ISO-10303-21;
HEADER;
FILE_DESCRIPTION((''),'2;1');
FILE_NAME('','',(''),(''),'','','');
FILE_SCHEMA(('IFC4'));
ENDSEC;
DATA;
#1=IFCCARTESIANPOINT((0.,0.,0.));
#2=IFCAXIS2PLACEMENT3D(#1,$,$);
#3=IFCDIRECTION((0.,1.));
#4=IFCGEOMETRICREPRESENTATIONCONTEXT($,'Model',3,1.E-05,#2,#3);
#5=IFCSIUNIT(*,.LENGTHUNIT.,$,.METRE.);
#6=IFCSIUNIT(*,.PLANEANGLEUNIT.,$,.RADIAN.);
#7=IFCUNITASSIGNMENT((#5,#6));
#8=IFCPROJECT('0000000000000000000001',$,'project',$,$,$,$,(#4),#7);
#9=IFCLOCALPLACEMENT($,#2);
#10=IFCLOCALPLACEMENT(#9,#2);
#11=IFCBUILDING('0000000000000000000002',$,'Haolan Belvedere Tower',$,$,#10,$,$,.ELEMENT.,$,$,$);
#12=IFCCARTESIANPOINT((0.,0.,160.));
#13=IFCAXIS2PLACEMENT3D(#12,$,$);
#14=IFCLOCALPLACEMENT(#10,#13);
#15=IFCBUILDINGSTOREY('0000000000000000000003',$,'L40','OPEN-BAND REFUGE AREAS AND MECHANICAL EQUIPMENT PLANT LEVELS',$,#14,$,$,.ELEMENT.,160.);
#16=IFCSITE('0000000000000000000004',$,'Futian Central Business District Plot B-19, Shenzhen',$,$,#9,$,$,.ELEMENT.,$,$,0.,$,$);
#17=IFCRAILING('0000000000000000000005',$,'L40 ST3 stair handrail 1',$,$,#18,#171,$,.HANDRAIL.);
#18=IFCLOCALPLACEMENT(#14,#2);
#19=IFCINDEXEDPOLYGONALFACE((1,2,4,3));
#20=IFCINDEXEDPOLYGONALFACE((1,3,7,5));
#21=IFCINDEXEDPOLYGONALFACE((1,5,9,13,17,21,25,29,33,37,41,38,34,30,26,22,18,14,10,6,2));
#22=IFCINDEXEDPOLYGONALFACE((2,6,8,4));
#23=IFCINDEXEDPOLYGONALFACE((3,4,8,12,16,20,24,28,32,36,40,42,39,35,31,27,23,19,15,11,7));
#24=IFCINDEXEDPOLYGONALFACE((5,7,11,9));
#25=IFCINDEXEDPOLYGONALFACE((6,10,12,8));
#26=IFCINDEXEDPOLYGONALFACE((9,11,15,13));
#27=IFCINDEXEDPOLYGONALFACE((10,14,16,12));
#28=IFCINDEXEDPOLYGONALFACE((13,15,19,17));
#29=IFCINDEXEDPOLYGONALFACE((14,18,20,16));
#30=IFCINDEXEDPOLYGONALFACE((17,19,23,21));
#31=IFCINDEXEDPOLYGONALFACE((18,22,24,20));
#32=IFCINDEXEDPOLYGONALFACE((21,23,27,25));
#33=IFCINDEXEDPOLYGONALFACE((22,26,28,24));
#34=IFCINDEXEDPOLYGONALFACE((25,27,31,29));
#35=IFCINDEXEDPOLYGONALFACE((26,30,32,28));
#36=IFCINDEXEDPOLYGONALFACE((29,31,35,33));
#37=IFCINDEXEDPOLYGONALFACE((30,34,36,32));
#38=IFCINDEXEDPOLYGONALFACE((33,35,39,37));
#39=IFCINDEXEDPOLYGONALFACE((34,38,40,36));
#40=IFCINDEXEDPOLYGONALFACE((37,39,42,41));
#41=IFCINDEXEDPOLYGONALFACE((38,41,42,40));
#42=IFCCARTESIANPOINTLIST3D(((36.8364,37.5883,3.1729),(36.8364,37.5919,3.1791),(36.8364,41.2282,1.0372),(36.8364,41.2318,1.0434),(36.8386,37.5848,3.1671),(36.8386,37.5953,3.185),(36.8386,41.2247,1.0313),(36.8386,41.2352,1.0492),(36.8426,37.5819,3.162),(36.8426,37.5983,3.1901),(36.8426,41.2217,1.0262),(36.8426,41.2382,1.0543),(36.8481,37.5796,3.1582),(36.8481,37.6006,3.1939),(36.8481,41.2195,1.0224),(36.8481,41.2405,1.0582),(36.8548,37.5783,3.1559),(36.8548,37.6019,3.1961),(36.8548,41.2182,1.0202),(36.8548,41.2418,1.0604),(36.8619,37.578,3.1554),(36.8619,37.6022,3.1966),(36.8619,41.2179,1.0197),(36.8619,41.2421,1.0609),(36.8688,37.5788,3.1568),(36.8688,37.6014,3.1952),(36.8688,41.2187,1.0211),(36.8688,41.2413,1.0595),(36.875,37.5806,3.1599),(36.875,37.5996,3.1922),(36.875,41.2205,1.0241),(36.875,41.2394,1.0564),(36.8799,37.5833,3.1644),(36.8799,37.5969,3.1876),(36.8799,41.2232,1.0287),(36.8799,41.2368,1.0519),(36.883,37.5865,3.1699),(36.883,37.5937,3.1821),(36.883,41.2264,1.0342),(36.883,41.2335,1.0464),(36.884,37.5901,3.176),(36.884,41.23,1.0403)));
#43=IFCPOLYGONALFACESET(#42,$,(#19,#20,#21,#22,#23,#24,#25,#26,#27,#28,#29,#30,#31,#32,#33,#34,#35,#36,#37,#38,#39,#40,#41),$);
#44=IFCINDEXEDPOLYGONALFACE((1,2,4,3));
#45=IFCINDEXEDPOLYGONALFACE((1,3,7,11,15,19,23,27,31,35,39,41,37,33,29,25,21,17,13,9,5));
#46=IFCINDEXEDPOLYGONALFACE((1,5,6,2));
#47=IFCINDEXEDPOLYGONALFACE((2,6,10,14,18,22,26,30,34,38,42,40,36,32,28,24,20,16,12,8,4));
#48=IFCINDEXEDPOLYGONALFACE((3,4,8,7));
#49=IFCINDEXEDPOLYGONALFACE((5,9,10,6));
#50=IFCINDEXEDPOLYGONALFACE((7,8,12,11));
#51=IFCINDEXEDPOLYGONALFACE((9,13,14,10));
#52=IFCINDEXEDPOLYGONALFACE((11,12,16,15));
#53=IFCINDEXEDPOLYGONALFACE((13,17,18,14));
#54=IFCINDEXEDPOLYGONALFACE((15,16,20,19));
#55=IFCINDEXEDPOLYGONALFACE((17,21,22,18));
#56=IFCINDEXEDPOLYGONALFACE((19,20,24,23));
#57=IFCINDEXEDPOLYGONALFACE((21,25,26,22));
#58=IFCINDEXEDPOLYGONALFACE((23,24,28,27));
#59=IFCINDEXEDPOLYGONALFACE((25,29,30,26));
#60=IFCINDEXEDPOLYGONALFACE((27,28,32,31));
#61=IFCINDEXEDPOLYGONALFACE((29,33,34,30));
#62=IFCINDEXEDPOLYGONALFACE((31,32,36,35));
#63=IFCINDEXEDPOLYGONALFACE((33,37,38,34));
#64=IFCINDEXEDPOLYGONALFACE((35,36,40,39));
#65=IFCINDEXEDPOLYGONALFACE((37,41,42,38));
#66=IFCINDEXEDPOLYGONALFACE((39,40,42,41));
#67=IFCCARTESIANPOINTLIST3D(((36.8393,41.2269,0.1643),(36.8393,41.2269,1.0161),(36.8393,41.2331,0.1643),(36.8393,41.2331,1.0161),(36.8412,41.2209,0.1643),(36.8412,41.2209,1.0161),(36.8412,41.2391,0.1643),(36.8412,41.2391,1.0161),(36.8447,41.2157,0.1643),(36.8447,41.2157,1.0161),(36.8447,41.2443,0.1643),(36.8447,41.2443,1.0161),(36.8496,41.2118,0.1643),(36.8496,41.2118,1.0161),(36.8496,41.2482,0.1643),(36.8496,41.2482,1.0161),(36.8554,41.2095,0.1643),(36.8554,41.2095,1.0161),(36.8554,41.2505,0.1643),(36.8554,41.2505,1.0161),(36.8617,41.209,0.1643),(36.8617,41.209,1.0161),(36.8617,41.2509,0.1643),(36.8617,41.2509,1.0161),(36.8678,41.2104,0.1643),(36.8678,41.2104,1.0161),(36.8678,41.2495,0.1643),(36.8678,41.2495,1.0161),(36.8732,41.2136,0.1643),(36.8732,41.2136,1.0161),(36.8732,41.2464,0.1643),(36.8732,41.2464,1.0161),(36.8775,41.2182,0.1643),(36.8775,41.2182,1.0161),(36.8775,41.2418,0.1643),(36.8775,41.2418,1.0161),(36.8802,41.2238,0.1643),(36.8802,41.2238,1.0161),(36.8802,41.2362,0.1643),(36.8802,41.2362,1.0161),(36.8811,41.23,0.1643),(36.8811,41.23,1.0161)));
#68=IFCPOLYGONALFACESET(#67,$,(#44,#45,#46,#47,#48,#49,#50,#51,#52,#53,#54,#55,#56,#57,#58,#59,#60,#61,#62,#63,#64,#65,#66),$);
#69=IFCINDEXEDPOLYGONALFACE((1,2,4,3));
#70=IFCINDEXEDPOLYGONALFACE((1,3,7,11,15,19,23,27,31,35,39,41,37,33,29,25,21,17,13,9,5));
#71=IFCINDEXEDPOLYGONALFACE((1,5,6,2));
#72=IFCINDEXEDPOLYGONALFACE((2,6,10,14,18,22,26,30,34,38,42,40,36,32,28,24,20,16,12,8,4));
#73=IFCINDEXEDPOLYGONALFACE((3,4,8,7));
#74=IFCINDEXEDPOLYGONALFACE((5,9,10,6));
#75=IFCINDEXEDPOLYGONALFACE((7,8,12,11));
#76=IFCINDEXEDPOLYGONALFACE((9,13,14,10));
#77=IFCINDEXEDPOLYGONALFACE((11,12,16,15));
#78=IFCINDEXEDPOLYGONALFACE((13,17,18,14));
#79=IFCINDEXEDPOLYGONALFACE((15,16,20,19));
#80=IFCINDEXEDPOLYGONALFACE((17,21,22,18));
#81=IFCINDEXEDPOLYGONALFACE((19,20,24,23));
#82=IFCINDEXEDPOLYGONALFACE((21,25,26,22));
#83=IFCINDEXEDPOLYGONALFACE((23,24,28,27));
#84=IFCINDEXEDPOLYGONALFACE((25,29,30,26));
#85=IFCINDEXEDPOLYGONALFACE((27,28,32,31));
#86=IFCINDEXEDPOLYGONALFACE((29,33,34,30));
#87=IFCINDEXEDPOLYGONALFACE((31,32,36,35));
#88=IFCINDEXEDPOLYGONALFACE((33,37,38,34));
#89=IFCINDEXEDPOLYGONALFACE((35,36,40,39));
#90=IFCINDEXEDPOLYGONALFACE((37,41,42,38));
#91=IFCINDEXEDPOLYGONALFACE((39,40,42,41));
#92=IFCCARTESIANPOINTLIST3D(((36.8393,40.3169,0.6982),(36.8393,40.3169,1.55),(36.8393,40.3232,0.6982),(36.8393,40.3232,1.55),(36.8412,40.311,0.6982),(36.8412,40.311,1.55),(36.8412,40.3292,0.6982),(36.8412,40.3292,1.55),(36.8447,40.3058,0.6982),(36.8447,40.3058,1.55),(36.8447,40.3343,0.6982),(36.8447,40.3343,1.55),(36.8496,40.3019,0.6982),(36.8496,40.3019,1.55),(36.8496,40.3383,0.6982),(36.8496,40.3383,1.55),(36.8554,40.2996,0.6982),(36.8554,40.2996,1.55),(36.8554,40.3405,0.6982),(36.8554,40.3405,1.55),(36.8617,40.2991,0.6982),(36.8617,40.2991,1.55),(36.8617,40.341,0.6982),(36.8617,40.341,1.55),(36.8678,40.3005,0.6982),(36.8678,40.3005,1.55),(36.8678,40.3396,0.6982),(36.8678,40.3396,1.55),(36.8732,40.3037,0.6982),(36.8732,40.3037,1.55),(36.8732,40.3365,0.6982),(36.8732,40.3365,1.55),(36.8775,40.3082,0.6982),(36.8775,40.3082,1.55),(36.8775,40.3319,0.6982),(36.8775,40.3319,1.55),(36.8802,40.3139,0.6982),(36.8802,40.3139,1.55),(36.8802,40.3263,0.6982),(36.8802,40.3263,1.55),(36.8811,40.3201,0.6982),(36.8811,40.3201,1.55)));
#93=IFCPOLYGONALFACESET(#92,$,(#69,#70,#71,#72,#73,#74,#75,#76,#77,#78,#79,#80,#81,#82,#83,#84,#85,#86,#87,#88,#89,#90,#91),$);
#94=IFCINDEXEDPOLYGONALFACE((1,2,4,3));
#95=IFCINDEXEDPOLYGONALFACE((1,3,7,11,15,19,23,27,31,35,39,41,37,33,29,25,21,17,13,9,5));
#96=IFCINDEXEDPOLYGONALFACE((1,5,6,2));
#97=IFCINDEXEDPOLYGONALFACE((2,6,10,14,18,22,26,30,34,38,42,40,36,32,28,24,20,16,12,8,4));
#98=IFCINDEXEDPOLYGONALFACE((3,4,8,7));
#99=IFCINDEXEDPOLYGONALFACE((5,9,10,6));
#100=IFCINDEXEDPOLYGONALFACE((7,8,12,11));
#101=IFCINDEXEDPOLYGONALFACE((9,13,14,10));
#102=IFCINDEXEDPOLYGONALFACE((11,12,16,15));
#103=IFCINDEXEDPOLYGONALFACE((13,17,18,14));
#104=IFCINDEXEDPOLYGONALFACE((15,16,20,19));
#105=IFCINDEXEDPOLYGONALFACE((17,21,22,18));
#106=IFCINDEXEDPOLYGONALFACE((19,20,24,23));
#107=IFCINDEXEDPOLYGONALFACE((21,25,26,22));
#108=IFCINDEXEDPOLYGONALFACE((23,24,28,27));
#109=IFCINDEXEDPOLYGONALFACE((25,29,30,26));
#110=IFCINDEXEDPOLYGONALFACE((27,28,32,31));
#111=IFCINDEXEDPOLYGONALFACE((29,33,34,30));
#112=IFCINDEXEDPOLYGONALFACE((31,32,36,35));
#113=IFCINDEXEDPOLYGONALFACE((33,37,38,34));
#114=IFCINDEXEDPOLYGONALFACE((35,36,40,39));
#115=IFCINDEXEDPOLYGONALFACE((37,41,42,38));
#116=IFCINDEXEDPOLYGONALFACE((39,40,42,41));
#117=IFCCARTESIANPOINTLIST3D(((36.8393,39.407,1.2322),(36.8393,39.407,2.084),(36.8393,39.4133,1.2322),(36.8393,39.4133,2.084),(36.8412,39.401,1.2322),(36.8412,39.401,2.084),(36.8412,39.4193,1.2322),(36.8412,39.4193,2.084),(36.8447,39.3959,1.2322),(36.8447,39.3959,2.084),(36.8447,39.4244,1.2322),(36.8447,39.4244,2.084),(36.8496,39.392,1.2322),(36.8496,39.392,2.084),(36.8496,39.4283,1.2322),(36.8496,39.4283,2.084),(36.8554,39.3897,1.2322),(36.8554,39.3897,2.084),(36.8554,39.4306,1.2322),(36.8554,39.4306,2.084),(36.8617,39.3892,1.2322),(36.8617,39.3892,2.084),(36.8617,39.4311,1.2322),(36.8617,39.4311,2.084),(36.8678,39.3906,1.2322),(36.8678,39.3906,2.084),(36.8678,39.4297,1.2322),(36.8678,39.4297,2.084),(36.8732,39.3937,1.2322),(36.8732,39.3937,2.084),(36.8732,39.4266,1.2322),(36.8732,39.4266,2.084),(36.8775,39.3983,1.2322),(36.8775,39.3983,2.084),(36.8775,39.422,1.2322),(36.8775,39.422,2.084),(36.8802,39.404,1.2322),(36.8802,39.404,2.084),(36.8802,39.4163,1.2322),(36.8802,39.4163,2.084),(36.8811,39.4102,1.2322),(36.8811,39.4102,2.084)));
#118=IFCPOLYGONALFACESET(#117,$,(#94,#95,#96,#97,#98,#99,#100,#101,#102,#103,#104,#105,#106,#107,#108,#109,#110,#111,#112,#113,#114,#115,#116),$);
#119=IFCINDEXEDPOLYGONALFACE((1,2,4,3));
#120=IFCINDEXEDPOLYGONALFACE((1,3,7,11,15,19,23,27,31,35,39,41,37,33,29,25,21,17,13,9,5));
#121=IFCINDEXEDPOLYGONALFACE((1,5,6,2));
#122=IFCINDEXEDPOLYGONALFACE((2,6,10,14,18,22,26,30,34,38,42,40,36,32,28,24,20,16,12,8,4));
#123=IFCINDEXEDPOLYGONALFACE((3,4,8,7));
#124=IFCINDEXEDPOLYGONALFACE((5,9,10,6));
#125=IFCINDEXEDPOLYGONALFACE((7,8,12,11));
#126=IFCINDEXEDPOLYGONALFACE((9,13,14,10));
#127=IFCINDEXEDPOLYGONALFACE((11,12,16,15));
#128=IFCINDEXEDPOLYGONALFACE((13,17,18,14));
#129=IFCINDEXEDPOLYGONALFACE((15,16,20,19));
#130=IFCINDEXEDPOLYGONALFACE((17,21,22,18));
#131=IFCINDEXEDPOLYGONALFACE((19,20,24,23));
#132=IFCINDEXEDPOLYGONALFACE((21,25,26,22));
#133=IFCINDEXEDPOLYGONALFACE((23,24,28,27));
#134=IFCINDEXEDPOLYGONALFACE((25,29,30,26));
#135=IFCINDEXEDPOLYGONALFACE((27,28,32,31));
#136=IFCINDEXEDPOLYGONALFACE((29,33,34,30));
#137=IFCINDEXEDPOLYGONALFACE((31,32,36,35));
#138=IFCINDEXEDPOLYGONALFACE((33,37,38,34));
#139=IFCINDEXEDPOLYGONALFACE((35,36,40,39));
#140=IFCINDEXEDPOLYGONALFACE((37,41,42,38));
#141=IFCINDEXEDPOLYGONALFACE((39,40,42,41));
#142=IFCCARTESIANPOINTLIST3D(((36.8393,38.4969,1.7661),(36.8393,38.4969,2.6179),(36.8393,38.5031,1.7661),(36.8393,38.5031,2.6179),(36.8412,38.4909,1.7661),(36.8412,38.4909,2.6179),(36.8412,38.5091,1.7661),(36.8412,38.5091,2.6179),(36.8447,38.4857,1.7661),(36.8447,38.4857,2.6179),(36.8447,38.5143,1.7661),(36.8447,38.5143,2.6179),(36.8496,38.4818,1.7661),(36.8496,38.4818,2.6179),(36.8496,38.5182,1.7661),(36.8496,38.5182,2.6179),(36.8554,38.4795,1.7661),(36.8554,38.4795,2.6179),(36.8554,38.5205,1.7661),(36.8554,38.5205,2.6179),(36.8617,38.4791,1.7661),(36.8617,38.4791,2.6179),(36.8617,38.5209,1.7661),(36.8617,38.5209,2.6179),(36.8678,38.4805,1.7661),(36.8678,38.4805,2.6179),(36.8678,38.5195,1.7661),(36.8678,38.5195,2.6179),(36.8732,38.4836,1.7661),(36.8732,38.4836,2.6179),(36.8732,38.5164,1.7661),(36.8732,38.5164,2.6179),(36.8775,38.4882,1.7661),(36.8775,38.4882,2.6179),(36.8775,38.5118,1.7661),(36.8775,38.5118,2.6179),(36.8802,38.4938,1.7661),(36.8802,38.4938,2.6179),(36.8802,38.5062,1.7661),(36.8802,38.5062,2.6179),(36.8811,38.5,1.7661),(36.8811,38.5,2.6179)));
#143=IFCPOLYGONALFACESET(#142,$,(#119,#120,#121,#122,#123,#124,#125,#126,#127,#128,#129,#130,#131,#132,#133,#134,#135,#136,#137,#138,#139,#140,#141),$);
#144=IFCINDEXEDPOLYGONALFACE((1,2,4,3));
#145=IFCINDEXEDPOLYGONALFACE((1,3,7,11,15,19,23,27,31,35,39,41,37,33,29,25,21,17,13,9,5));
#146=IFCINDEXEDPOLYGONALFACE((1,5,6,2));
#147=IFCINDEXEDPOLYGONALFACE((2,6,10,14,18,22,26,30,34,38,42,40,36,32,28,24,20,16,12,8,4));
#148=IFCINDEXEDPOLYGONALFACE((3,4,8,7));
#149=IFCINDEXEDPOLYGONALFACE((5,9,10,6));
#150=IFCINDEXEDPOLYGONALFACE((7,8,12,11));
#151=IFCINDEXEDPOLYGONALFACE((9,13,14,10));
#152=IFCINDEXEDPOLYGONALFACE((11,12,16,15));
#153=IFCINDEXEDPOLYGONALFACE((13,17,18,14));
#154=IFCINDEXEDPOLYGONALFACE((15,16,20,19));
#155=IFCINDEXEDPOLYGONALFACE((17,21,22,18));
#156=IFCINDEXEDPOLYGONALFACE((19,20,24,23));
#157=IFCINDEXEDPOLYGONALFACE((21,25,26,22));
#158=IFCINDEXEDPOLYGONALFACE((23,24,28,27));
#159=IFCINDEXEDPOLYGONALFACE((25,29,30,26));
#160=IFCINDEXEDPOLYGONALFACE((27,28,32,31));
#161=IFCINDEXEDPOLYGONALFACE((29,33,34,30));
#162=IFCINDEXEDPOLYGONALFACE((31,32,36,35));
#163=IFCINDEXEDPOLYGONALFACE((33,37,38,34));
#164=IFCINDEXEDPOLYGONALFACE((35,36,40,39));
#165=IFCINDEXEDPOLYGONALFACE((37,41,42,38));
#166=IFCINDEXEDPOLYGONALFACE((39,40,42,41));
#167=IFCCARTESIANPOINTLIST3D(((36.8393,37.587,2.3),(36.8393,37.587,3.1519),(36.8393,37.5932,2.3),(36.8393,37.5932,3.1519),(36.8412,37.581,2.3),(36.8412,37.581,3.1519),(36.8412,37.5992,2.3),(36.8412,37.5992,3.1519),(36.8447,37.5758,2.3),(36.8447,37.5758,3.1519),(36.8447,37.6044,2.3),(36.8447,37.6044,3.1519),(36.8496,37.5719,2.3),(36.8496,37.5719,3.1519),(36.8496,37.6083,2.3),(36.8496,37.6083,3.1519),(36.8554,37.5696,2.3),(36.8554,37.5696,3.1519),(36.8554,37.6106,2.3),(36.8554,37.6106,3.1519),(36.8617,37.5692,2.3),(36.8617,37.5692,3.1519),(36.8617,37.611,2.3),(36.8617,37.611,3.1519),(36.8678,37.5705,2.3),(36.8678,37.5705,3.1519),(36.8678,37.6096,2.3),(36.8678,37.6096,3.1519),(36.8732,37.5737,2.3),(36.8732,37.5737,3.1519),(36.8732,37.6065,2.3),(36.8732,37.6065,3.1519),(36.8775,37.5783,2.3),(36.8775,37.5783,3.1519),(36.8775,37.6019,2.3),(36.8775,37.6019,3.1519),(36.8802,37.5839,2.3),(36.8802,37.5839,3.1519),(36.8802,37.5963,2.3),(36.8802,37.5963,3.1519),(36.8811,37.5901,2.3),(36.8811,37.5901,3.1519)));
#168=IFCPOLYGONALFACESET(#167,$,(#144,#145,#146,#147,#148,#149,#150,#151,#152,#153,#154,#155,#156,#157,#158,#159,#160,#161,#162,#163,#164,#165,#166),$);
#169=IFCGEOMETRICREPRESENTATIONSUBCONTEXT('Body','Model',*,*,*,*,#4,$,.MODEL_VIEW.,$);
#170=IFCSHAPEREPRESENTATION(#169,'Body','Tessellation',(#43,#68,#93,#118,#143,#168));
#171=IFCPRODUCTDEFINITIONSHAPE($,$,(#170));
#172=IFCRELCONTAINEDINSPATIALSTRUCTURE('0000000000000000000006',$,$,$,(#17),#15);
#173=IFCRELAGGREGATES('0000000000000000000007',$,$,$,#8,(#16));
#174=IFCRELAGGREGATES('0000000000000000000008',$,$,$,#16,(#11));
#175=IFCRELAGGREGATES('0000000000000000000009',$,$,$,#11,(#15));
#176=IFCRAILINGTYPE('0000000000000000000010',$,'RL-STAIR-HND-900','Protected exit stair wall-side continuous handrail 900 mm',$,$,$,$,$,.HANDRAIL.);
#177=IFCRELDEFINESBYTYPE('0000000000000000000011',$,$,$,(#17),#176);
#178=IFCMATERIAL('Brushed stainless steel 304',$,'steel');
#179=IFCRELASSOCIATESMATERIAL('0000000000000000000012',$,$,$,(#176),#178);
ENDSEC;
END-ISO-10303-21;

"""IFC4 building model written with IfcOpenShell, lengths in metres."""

from ifc_helpers import new_model, si_unit, direction, frame, origin, origin_2d, place, context, subcontext, project, spatial, circle, extrude, material, type_object, element, save


model = new_model("IFC4")

# Units and contexts
model_context = context("Model", 3, precision=1e-05, world=origin(), true_north=direction((0.0, 1.0)))
body_context = subcontext(model_context, "Body", "Model", "MODEL_VIEW")
ifc_project = project(units=[si_unit("LENGTHUNIT", "METRE"), si_unit("PLANEANGLEUNIT", "RADIAN")], contexts=[model_context])

# Site, building, storey
site_placement = place(None, origin())
site = spatial("IfcSite", under=ifc_project, at=site_placement, Name="Futian Central Business District Plot B-19, Shenzhen", CompositionType="ELEMENT", RefElevation=0.0)
building_placement = place(site_placement, origin())
building = spatial("IfcBuilding", under=site, at=building_placement, Name="Haolan Belvedere Tower", CompositionType="ELEMENT")
storey_placement = place(building_placement, frame((0.0, 0.0, 160.0)))
storey = spatial("IfcBuildingStorey", under=building, at=storey_placement, Name="L40", Description="OPEN-BAND REFUGE AREAS AND MECHANICAL EQUIPMENT PLANT LEVELS", CompositionType="ELEMENT", Elevation=160.0)

# Railing
ifc_material_1 = material(Name="Brushed stainless steel 304", Category="steel")
railing_type_1 = type_object("IfcRailingType", Name="RL-STAIR-HND-900", Description="Protected exit stair wall-side continuous handrail 900 mm", PredefinedType="HANDRAIL", material=ifc_material_1)
railing_1_placement = place(storey_placement, frame((36.8601, 41.23, 0.1643)))
element("IfcRailing", 1, at=railing_1_placement, inside=storey, type_object=railing_type_1, Name="L40 ST3 stair handrail 1", PredefinedType="HANDRAIL", context=body_context, shape_type="SweptSolid", body=[
    extrude(circle(Radius=0.0239, at=origin_2d()), frame((0.0, 0.0, 0.876), z_axis=(0.0, -0.86249, 0.506074), x_axis=(1.0, 0.0, 0.0)), (0.0, 0.0, 1.0), 4.2202),
    extrude(circle(Radius=0.021, at=origin_2d()), origin(), (0.0, 0.0, 1.0), 0.8518),
    extrude(circle(Radius=0.021, at=origin_2d()), frame((0.0, -0.9099, 0.5339)), (0.0, 0.0, 1.0), 0.8518),
    extrude(circle(Radius=0.021, at=origin_2d()), frame((0.0, -1.8198, 1.0679)), (0.0, 0.0, 1.0), 0.8518),
    extrude(circle(Radius=0.021, at=origin_2d()), frame((0.0, -2.73, 1.6018)), (0.0, 0.0, 1.0), 0.8518),
    extrude(circle(Radius=0.021, at=origin_2d()), frame((0.0, -3.6399, 2.1357)), (0.0, 0.0, 1.0), 0.8518),
])

save(model, "model.ifc")
